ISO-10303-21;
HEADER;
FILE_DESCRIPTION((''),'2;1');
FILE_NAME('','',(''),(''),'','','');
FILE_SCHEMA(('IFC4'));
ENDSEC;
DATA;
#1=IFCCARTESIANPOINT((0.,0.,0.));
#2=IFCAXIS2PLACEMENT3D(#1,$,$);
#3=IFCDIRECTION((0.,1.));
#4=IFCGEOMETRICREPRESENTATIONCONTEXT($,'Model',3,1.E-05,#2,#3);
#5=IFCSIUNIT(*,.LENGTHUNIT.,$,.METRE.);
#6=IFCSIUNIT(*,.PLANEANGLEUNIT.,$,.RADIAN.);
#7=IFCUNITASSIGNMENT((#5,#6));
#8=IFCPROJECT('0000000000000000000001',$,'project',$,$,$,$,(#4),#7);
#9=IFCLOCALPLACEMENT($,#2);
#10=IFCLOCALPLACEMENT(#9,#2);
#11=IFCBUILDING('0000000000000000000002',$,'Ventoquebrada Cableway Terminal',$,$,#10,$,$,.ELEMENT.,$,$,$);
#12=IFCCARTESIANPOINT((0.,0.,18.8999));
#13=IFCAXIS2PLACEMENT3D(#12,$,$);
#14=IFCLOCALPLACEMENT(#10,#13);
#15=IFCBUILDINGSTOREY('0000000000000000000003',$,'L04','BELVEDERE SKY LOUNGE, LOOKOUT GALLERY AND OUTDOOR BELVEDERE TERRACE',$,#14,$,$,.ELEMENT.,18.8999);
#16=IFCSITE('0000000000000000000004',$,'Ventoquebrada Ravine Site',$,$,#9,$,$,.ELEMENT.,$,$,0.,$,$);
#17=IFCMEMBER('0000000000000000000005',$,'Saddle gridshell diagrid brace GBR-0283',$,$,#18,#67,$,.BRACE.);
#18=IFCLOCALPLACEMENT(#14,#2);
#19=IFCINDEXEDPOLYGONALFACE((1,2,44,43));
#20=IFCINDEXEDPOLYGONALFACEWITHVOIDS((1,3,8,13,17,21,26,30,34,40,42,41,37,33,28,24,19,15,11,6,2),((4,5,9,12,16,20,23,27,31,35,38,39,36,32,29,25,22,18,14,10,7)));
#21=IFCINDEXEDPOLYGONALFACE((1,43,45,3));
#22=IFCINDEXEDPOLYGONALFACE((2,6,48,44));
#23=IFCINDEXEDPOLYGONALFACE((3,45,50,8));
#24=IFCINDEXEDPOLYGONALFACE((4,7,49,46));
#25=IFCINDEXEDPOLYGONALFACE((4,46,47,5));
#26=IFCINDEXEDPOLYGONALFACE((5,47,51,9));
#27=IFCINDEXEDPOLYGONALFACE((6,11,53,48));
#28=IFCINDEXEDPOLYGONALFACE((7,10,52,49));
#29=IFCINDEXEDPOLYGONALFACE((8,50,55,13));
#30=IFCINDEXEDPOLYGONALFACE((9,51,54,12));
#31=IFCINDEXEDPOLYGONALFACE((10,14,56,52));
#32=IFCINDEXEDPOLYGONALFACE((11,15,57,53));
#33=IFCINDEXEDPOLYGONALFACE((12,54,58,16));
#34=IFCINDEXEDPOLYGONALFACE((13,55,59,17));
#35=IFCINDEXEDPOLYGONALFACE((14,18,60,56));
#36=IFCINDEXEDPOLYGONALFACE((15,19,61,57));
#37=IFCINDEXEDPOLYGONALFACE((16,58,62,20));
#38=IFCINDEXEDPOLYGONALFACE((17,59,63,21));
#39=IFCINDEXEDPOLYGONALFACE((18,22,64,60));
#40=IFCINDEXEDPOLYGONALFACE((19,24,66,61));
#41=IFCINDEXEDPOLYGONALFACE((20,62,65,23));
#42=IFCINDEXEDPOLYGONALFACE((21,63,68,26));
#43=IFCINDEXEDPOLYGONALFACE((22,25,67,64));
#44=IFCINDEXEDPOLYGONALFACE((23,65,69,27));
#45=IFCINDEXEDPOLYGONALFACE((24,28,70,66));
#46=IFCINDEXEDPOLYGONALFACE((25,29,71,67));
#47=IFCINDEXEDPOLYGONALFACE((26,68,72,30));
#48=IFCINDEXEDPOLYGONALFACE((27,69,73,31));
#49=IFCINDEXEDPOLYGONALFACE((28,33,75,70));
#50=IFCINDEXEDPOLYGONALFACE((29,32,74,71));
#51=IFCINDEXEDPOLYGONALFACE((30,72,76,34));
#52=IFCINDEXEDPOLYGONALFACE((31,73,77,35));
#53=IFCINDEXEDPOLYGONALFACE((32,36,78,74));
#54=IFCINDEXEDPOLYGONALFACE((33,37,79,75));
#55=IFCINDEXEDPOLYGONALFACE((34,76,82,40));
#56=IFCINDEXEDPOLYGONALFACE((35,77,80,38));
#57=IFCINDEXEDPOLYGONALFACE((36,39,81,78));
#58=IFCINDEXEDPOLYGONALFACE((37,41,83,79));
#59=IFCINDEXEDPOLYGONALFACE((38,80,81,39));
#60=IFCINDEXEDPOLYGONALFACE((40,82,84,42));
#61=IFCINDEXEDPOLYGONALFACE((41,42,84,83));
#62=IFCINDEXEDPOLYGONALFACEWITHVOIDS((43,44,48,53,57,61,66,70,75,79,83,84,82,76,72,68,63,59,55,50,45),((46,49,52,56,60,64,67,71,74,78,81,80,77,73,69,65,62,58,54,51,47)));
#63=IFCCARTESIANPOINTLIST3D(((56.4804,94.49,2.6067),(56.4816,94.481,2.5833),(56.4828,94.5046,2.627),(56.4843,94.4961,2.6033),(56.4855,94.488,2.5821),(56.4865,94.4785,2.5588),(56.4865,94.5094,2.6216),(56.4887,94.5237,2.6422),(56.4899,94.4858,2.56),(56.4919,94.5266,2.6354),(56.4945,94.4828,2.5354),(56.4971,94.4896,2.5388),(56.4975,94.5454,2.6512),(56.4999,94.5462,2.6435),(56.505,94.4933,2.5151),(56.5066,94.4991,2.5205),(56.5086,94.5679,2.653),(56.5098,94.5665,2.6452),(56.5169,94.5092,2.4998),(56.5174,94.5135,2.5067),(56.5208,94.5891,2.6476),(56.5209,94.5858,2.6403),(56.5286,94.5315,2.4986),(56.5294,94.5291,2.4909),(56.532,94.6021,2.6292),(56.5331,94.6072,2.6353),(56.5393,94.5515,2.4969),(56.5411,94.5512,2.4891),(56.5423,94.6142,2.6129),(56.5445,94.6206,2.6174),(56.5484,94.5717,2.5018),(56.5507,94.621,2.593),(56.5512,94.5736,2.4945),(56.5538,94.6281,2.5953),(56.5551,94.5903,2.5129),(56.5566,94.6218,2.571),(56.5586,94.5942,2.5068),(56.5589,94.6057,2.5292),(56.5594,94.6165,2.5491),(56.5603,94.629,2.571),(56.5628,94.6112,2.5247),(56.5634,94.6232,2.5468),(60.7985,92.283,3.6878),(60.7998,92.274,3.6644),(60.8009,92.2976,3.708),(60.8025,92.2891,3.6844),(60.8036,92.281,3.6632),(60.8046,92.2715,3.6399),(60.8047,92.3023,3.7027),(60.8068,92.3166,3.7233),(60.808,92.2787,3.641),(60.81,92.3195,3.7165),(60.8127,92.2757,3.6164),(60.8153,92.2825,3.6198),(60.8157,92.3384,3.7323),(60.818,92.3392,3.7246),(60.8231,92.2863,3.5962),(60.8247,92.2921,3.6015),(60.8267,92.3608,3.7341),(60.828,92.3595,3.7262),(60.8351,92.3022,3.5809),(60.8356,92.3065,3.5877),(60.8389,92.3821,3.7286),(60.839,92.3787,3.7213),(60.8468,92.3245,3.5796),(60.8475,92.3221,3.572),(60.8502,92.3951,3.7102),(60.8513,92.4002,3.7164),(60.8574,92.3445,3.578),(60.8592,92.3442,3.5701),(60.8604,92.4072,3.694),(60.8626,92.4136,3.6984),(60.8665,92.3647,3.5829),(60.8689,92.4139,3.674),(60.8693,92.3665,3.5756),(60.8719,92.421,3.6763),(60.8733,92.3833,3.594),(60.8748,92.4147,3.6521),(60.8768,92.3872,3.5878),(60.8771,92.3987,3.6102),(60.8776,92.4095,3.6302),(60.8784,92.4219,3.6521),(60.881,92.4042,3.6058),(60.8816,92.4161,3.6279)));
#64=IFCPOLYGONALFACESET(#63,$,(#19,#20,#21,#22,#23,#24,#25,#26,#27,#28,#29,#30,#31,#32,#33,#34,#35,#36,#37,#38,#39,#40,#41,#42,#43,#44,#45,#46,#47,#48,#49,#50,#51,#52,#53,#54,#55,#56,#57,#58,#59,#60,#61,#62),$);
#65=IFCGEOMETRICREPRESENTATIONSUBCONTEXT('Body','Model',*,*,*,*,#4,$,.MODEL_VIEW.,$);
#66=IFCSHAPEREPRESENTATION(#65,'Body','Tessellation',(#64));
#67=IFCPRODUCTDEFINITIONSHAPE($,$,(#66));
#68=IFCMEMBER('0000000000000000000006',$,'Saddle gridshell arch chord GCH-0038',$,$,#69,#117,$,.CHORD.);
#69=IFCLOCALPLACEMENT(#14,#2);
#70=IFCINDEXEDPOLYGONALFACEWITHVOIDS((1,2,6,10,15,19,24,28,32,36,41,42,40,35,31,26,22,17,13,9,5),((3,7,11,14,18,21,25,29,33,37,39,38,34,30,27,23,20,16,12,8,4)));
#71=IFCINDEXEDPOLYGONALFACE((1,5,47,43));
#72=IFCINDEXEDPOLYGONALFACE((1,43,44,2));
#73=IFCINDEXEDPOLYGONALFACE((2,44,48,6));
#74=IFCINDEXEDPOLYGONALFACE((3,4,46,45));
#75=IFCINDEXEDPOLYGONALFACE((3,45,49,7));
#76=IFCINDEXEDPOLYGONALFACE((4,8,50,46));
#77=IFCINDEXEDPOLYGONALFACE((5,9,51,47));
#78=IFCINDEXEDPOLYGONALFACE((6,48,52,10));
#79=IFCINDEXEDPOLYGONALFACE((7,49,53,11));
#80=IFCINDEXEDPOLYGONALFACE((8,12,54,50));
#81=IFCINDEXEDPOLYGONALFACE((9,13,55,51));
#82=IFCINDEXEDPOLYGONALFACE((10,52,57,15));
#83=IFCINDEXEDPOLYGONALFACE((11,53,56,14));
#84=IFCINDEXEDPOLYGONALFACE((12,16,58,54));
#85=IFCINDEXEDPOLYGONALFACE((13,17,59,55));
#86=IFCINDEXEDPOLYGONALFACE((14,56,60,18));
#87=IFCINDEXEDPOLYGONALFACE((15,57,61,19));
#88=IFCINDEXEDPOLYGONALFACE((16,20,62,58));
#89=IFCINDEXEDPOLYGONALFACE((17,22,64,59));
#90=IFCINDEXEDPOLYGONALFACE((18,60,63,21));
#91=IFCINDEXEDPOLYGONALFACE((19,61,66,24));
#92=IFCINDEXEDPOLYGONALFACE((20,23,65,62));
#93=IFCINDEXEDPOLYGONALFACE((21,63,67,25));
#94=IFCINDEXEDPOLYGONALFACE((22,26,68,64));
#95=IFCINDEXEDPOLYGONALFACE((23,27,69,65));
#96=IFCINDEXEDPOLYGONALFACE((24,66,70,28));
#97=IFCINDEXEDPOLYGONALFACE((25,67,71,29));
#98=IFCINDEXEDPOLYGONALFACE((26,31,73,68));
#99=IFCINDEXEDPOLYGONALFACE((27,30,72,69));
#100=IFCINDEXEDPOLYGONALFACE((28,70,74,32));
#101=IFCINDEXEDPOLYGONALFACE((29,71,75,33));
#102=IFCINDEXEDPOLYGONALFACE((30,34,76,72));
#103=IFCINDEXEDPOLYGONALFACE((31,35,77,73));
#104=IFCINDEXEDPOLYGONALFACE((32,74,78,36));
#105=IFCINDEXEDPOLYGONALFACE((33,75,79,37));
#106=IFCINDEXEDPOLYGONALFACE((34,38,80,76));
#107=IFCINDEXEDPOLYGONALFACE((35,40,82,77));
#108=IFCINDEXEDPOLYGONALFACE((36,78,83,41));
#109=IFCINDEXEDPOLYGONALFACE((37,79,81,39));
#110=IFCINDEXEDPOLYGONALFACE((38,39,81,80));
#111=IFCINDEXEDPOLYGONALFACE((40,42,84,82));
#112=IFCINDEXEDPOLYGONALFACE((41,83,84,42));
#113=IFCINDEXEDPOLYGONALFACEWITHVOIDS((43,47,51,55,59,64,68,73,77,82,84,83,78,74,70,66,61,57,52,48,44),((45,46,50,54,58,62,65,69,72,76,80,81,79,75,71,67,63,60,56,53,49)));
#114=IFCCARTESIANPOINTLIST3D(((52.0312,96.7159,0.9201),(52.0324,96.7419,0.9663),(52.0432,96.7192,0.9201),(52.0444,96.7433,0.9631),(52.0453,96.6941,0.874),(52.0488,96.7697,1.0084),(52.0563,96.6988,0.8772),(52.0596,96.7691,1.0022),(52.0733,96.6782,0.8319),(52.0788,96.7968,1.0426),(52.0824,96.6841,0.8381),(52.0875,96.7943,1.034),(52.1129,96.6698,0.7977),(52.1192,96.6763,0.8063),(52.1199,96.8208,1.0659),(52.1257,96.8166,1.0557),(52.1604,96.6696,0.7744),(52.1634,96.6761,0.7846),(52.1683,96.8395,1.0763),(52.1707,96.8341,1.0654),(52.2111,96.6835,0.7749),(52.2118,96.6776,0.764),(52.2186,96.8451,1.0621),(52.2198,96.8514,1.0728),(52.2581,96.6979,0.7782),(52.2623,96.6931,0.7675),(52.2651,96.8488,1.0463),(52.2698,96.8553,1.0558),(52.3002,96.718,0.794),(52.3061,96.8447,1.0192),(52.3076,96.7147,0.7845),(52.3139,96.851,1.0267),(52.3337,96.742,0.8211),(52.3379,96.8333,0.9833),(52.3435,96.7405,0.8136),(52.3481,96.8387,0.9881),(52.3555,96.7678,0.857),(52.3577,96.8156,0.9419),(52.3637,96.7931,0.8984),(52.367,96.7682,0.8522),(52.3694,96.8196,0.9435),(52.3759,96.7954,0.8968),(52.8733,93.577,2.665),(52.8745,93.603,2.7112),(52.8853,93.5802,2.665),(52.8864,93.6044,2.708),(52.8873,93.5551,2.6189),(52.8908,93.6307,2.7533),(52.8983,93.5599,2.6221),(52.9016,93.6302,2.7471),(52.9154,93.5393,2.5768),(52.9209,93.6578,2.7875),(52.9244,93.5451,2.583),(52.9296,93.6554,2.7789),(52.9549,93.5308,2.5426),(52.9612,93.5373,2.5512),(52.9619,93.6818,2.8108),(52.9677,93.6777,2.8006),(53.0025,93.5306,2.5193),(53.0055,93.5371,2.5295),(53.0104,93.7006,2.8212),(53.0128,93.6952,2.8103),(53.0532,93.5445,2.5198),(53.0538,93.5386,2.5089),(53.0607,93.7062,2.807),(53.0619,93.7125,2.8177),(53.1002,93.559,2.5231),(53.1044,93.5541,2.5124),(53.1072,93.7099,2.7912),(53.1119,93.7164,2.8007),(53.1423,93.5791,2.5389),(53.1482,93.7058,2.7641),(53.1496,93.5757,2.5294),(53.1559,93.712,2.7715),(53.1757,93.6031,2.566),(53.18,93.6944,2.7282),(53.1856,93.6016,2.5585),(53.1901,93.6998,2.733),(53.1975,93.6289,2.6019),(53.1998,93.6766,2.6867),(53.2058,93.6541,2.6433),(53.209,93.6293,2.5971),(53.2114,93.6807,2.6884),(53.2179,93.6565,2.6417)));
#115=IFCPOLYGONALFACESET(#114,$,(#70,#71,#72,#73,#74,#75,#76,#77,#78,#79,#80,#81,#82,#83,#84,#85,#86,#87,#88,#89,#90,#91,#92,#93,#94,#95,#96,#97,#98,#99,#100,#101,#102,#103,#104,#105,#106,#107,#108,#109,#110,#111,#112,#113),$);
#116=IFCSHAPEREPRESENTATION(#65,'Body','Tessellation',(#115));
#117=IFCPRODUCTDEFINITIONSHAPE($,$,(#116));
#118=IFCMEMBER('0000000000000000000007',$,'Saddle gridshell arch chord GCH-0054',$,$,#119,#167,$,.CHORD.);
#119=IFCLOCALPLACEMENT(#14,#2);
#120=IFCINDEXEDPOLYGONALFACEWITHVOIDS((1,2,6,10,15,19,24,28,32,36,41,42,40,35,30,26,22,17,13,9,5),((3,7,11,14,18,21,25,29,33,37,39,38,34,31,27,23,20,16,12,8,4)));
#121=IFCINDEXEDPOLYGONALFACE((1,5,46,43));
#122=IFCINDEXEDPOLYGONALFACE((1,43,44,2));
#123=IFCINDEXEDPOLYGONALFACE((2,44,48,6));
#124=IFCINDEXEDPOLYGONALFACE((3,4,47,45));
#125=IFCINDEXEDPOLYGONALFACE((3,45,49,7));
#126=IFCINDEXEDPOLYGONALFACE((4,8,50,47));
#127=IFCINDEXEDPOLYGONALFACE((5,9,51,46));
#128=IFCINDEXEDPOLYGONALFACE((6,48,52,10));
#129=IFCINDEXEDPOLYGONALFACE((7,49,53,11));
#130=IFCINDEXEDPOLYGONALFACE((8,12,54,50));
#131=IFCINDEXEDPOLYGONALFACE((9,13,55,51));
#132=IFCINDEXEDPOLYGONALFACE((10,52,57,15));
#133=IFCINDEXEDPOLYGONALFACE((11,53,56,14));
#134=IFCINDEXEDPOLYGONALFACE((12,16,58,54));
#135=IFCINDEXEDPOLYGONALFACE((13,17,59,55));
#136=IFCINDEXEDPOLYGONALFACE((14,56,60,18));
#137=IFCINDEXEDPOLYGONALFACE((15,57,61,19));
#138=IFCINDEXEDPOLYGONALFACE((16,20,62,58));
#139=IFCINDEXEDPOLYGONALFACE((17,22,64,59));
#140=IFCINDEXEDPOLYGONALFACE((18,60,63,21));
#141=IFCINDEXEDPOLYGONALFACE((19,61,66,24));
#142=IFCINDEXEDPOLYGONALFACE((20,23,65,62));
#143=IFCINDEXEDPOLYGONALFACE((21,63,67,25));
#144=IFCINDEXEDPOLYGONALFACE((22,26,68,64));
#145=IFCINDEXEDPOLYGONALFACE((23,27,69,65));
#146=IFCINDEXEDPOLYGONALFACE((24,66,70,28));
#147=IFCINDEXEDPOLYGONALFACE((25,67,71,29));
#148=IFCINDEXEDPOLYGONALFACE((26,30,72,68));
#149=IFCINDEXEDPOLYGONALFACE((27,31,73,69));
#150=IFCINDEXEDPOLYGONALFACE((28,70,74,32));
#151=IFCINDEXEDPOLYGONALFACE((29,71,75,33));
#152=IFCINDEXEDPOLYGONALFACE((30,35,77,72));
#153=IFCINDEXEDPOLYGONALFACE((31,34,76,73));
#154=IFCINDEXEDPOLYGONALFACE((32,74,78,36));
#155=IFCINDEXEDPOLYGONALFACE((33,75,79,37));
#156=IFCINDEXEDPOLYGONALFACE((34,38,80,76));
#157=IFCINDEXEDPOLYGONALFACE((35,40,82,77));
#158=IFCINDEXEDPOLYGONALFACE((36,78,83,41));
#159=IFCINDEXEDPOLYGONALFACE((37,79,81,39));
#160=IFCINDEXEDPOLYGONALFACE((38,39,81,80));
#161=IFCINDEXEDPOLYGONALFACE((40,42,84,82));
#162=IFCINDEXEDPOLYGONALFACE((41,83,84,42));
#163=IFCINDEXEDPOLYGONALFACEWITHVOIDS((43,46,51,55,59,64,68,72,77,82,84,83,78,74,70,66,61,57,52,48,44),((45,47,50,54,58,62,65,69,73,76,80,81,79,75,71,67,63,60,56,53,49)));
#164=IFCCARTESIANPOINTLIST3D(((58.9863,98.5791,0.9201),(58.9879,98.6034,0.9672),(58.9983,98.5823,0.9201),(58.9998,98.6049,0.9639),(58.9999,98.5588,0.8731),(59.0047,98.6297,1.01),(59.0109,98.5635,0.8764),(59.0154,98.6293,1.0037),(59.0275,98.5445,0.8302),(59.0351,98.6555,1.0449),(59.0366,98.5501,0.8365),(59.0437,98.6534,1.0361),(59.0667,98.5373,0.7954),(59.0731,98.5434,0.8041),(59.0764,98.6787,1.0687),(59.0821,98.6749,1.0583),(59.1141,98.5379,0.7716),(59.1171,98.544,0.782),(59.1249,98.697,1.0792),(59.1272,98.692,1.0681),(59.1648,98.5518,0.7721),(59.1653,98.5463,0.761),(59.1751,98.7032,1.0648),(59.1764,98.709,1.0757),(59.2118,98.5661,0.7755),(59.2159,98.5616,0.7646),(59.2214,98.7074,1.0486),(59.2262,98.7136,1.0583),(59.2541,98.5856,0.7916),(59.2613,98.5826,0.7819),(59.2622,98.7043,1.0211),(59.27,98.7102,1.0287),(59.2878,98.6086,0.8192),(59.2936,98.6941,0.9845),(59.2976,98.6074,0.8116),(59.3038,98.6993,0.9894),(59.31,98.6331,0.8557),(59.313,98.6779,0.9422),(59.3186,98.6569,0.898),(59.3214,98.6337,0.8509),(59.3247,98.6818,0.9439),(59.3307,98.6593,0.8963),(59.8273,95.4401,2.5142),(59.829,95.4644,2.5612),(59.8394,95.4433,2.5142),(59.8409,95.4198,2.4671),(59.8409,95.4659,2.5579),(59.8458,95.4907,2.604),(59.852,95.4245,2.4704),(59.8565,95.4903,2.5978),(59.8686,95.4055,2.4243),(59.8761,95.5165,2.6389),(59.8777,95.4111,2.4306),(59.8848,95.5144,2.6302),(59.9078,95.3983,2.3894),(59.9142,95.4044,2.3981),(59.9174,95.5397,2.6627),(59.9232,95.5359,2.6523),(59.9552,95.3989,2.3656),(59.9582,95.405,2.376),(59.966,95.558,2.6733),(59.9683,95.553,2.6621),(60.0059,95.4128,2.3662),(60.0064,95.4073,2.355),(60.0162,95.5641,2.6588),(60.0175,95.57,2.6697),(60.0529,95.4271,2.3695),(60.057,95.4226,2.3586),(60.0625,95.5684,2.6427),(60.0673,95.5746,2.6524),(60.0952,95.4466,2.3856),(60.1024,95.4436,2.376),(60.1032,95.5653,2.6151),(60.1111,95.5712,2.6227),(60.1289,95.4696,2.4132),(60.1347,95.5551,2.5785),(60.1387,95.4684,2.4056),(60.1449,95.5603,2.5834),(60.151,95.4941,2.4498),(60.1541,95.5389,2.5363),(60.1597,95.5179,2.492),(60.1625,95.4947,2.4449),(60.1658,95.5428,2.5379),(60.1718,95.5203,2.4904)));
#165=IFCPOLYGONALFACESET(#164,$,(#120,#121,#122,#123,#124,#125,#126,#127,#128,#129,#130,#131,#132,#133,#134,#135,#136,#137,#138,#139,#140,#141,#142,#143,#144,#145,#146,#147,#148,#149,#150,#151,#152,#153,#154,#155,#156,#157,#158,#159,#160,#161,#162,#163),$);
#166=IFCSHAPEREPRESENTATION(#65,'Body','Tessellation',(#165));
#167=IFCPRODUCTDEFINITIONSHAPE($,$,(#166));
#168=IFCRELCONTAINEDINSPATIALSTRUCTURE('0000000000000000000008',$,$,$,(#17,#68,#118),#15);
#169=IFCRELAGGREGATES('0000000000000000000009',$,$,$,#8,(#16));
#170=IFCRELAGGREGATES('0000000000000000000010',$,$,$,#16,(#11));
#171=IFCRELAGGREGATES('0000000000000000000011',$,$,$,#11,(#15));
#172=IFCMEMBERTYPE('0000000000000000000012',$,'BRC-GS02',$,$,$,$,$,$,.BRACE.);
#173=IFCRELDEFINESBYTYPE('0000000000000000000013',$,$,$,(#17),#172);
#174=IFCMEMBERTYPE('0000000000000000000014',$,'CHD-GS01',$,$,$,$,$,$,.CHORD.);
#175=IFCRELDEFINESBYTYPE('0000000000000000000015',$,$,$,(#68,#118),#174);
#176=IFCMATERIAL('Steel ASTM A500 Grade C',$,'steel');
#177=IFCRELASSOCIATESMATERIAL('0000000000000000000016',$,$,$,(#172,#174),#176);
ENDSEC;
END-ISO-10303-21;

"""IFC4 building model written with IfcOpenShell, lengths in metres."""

from ifc_helpers import new_model, si_unit, direction, frame, origin, origin_2d, place, context, subcontext, project, spatial, hollow_circle, extrude, material, material_profile, profile_set, type_object, element, save


model = new_model("IFC4")

# Units and contexts
model_context = context("Model", 3, precision=1e-05, world=origin(), true_north=direction((0.0, 1.0)))
body_context = subcontext(model_context, "Body", "Model", "MODEL_VIEW")
ifc_project = project(units=[si_unit("LENGTHUNIT", "METRE"), si_unit("PLANEANGLEUNIT", "RADIAN")], contexts=[model_context])

# Site, building, storey
site_placement = place(None, origin())
site = spatial("IfcSite", under=ifc_project, at=site_placement, Name="Ventoquebrada Ravine Site", CompositionType="ELEMENT", RefElevation=0.0)
building_placement = place(site_placement, origin())
building = spatial("IfcBuilding", under=site, at=building_placement, Name="Ventoquebrada Cableway Terminal", CompositionType="ELEMENT")
storey_placement = place(building_placement, frame((0.0, 0.0, 18.8999)))
storey = spatial("IfcBuildingStorey", under=building, at=storey_placement, Name="L04", Description="BELVEDERE SKY LOUNGE, LOOKOUT GALLERY AND OUTDOOR BELVEDERE TERRACE", CompositionType="ELEMENT", Elevation=18.8999)

# Members
ifc_material_1 = material(Name="Steel ASTM A500 Grade C", Category="steel")
ifc_material_profile_1 = material_profile(ifc_material_1, hollow_circle(Radius=0.0842, WallThickness=0.0081, at=origin_2d()), Name="CHS168.3X8")
ifc_profile_set_1 = profile_set([ifc_material_profile_1], Name="Steel ASTM A500 Grade C")
member_type_1 = type_object("IfcMemberType", Name="BRC-GS02", PredefinedType="BRACE", material=ifc_profile_set_1)
member_1_placement = place(storey_placement, frame((56.522, 94.554, 2.571), z_axis=(0.869102, -0.444207, 0.217583), x_axis=(0.45511, 0.890435, 0.0)))
element("IfcMember", 1, at=member_1_placement, inside=storey, type_object=member_type_1, Name="Saddle gridshell diagrid brace GBR-0283", PredefinedType="BRACE", context=body_context, shape_type="SweptSolid", body=[
    extrude(hollow_circle(Radius=0.0842, WallThickness=0.0081, at=origin_2d()), origin(), (0.0, 0.0, 1.0), 4.9685),
])
ifc_material_profile_2 = material_profile(ifc_material_1, hollow_circle(Radius=0.1777, WallThickness=0.0125, at=origin_2d()), Name="CHS355.6X12.5")
ifc_profile_set_2 = profile_set([ifc_material_profile_2], Name="Steel ASTM A500 Grade C")
member_type_2 = type_object("IfcMemberType", Name="CHD-GS01", PredefinedType="CHORD", material=ifc_profile_set_2)
member_2_placement = place(storey_placement, frame((53.0449, 93.623, 2.665), z_axis=(-0.228277, 0.850958, -0.473034), x_axis=(-0.965851, -0.259098, 0.0)))
element("IfcMember", 2, at=member_2_placement, inside=storey, type_object=member_type_2, Name="Saddle gridshell arch chord GCH-0038", PredefinedType="CHORD", context=body_context, shape_type="SweptSolid", body=[
    extrude(hollow_circle(Radius=0.1777, WallThickness=0.0125, at=origin_2d()), origin(), (0.0, 0.0, 1.0), 3.6887),
])
member_3_placement = place(storey_placement, frame((59.999, 95.4861, 2.5142), z_axis=(-0.232368, 0.867216, -0.440387), x_axis=(-0.965926, -0.258817, 0.0)))
element("IfcMember", 3, at=member_3_placement, inside=storey, type_object=member_type_2, Name="Saddle gridshell arch chord GCH-0054", PredefinedType="CHORD", context=body_context, shape_type="SweptSolid", body=[
    extrude(hollow_circle(Radius=0.1777, WallThickness=0.0125, at=origin_2d()), origin(), (0.0, 0.0, 1.0), 3.6196),
])

save(model, "model.ifc")
